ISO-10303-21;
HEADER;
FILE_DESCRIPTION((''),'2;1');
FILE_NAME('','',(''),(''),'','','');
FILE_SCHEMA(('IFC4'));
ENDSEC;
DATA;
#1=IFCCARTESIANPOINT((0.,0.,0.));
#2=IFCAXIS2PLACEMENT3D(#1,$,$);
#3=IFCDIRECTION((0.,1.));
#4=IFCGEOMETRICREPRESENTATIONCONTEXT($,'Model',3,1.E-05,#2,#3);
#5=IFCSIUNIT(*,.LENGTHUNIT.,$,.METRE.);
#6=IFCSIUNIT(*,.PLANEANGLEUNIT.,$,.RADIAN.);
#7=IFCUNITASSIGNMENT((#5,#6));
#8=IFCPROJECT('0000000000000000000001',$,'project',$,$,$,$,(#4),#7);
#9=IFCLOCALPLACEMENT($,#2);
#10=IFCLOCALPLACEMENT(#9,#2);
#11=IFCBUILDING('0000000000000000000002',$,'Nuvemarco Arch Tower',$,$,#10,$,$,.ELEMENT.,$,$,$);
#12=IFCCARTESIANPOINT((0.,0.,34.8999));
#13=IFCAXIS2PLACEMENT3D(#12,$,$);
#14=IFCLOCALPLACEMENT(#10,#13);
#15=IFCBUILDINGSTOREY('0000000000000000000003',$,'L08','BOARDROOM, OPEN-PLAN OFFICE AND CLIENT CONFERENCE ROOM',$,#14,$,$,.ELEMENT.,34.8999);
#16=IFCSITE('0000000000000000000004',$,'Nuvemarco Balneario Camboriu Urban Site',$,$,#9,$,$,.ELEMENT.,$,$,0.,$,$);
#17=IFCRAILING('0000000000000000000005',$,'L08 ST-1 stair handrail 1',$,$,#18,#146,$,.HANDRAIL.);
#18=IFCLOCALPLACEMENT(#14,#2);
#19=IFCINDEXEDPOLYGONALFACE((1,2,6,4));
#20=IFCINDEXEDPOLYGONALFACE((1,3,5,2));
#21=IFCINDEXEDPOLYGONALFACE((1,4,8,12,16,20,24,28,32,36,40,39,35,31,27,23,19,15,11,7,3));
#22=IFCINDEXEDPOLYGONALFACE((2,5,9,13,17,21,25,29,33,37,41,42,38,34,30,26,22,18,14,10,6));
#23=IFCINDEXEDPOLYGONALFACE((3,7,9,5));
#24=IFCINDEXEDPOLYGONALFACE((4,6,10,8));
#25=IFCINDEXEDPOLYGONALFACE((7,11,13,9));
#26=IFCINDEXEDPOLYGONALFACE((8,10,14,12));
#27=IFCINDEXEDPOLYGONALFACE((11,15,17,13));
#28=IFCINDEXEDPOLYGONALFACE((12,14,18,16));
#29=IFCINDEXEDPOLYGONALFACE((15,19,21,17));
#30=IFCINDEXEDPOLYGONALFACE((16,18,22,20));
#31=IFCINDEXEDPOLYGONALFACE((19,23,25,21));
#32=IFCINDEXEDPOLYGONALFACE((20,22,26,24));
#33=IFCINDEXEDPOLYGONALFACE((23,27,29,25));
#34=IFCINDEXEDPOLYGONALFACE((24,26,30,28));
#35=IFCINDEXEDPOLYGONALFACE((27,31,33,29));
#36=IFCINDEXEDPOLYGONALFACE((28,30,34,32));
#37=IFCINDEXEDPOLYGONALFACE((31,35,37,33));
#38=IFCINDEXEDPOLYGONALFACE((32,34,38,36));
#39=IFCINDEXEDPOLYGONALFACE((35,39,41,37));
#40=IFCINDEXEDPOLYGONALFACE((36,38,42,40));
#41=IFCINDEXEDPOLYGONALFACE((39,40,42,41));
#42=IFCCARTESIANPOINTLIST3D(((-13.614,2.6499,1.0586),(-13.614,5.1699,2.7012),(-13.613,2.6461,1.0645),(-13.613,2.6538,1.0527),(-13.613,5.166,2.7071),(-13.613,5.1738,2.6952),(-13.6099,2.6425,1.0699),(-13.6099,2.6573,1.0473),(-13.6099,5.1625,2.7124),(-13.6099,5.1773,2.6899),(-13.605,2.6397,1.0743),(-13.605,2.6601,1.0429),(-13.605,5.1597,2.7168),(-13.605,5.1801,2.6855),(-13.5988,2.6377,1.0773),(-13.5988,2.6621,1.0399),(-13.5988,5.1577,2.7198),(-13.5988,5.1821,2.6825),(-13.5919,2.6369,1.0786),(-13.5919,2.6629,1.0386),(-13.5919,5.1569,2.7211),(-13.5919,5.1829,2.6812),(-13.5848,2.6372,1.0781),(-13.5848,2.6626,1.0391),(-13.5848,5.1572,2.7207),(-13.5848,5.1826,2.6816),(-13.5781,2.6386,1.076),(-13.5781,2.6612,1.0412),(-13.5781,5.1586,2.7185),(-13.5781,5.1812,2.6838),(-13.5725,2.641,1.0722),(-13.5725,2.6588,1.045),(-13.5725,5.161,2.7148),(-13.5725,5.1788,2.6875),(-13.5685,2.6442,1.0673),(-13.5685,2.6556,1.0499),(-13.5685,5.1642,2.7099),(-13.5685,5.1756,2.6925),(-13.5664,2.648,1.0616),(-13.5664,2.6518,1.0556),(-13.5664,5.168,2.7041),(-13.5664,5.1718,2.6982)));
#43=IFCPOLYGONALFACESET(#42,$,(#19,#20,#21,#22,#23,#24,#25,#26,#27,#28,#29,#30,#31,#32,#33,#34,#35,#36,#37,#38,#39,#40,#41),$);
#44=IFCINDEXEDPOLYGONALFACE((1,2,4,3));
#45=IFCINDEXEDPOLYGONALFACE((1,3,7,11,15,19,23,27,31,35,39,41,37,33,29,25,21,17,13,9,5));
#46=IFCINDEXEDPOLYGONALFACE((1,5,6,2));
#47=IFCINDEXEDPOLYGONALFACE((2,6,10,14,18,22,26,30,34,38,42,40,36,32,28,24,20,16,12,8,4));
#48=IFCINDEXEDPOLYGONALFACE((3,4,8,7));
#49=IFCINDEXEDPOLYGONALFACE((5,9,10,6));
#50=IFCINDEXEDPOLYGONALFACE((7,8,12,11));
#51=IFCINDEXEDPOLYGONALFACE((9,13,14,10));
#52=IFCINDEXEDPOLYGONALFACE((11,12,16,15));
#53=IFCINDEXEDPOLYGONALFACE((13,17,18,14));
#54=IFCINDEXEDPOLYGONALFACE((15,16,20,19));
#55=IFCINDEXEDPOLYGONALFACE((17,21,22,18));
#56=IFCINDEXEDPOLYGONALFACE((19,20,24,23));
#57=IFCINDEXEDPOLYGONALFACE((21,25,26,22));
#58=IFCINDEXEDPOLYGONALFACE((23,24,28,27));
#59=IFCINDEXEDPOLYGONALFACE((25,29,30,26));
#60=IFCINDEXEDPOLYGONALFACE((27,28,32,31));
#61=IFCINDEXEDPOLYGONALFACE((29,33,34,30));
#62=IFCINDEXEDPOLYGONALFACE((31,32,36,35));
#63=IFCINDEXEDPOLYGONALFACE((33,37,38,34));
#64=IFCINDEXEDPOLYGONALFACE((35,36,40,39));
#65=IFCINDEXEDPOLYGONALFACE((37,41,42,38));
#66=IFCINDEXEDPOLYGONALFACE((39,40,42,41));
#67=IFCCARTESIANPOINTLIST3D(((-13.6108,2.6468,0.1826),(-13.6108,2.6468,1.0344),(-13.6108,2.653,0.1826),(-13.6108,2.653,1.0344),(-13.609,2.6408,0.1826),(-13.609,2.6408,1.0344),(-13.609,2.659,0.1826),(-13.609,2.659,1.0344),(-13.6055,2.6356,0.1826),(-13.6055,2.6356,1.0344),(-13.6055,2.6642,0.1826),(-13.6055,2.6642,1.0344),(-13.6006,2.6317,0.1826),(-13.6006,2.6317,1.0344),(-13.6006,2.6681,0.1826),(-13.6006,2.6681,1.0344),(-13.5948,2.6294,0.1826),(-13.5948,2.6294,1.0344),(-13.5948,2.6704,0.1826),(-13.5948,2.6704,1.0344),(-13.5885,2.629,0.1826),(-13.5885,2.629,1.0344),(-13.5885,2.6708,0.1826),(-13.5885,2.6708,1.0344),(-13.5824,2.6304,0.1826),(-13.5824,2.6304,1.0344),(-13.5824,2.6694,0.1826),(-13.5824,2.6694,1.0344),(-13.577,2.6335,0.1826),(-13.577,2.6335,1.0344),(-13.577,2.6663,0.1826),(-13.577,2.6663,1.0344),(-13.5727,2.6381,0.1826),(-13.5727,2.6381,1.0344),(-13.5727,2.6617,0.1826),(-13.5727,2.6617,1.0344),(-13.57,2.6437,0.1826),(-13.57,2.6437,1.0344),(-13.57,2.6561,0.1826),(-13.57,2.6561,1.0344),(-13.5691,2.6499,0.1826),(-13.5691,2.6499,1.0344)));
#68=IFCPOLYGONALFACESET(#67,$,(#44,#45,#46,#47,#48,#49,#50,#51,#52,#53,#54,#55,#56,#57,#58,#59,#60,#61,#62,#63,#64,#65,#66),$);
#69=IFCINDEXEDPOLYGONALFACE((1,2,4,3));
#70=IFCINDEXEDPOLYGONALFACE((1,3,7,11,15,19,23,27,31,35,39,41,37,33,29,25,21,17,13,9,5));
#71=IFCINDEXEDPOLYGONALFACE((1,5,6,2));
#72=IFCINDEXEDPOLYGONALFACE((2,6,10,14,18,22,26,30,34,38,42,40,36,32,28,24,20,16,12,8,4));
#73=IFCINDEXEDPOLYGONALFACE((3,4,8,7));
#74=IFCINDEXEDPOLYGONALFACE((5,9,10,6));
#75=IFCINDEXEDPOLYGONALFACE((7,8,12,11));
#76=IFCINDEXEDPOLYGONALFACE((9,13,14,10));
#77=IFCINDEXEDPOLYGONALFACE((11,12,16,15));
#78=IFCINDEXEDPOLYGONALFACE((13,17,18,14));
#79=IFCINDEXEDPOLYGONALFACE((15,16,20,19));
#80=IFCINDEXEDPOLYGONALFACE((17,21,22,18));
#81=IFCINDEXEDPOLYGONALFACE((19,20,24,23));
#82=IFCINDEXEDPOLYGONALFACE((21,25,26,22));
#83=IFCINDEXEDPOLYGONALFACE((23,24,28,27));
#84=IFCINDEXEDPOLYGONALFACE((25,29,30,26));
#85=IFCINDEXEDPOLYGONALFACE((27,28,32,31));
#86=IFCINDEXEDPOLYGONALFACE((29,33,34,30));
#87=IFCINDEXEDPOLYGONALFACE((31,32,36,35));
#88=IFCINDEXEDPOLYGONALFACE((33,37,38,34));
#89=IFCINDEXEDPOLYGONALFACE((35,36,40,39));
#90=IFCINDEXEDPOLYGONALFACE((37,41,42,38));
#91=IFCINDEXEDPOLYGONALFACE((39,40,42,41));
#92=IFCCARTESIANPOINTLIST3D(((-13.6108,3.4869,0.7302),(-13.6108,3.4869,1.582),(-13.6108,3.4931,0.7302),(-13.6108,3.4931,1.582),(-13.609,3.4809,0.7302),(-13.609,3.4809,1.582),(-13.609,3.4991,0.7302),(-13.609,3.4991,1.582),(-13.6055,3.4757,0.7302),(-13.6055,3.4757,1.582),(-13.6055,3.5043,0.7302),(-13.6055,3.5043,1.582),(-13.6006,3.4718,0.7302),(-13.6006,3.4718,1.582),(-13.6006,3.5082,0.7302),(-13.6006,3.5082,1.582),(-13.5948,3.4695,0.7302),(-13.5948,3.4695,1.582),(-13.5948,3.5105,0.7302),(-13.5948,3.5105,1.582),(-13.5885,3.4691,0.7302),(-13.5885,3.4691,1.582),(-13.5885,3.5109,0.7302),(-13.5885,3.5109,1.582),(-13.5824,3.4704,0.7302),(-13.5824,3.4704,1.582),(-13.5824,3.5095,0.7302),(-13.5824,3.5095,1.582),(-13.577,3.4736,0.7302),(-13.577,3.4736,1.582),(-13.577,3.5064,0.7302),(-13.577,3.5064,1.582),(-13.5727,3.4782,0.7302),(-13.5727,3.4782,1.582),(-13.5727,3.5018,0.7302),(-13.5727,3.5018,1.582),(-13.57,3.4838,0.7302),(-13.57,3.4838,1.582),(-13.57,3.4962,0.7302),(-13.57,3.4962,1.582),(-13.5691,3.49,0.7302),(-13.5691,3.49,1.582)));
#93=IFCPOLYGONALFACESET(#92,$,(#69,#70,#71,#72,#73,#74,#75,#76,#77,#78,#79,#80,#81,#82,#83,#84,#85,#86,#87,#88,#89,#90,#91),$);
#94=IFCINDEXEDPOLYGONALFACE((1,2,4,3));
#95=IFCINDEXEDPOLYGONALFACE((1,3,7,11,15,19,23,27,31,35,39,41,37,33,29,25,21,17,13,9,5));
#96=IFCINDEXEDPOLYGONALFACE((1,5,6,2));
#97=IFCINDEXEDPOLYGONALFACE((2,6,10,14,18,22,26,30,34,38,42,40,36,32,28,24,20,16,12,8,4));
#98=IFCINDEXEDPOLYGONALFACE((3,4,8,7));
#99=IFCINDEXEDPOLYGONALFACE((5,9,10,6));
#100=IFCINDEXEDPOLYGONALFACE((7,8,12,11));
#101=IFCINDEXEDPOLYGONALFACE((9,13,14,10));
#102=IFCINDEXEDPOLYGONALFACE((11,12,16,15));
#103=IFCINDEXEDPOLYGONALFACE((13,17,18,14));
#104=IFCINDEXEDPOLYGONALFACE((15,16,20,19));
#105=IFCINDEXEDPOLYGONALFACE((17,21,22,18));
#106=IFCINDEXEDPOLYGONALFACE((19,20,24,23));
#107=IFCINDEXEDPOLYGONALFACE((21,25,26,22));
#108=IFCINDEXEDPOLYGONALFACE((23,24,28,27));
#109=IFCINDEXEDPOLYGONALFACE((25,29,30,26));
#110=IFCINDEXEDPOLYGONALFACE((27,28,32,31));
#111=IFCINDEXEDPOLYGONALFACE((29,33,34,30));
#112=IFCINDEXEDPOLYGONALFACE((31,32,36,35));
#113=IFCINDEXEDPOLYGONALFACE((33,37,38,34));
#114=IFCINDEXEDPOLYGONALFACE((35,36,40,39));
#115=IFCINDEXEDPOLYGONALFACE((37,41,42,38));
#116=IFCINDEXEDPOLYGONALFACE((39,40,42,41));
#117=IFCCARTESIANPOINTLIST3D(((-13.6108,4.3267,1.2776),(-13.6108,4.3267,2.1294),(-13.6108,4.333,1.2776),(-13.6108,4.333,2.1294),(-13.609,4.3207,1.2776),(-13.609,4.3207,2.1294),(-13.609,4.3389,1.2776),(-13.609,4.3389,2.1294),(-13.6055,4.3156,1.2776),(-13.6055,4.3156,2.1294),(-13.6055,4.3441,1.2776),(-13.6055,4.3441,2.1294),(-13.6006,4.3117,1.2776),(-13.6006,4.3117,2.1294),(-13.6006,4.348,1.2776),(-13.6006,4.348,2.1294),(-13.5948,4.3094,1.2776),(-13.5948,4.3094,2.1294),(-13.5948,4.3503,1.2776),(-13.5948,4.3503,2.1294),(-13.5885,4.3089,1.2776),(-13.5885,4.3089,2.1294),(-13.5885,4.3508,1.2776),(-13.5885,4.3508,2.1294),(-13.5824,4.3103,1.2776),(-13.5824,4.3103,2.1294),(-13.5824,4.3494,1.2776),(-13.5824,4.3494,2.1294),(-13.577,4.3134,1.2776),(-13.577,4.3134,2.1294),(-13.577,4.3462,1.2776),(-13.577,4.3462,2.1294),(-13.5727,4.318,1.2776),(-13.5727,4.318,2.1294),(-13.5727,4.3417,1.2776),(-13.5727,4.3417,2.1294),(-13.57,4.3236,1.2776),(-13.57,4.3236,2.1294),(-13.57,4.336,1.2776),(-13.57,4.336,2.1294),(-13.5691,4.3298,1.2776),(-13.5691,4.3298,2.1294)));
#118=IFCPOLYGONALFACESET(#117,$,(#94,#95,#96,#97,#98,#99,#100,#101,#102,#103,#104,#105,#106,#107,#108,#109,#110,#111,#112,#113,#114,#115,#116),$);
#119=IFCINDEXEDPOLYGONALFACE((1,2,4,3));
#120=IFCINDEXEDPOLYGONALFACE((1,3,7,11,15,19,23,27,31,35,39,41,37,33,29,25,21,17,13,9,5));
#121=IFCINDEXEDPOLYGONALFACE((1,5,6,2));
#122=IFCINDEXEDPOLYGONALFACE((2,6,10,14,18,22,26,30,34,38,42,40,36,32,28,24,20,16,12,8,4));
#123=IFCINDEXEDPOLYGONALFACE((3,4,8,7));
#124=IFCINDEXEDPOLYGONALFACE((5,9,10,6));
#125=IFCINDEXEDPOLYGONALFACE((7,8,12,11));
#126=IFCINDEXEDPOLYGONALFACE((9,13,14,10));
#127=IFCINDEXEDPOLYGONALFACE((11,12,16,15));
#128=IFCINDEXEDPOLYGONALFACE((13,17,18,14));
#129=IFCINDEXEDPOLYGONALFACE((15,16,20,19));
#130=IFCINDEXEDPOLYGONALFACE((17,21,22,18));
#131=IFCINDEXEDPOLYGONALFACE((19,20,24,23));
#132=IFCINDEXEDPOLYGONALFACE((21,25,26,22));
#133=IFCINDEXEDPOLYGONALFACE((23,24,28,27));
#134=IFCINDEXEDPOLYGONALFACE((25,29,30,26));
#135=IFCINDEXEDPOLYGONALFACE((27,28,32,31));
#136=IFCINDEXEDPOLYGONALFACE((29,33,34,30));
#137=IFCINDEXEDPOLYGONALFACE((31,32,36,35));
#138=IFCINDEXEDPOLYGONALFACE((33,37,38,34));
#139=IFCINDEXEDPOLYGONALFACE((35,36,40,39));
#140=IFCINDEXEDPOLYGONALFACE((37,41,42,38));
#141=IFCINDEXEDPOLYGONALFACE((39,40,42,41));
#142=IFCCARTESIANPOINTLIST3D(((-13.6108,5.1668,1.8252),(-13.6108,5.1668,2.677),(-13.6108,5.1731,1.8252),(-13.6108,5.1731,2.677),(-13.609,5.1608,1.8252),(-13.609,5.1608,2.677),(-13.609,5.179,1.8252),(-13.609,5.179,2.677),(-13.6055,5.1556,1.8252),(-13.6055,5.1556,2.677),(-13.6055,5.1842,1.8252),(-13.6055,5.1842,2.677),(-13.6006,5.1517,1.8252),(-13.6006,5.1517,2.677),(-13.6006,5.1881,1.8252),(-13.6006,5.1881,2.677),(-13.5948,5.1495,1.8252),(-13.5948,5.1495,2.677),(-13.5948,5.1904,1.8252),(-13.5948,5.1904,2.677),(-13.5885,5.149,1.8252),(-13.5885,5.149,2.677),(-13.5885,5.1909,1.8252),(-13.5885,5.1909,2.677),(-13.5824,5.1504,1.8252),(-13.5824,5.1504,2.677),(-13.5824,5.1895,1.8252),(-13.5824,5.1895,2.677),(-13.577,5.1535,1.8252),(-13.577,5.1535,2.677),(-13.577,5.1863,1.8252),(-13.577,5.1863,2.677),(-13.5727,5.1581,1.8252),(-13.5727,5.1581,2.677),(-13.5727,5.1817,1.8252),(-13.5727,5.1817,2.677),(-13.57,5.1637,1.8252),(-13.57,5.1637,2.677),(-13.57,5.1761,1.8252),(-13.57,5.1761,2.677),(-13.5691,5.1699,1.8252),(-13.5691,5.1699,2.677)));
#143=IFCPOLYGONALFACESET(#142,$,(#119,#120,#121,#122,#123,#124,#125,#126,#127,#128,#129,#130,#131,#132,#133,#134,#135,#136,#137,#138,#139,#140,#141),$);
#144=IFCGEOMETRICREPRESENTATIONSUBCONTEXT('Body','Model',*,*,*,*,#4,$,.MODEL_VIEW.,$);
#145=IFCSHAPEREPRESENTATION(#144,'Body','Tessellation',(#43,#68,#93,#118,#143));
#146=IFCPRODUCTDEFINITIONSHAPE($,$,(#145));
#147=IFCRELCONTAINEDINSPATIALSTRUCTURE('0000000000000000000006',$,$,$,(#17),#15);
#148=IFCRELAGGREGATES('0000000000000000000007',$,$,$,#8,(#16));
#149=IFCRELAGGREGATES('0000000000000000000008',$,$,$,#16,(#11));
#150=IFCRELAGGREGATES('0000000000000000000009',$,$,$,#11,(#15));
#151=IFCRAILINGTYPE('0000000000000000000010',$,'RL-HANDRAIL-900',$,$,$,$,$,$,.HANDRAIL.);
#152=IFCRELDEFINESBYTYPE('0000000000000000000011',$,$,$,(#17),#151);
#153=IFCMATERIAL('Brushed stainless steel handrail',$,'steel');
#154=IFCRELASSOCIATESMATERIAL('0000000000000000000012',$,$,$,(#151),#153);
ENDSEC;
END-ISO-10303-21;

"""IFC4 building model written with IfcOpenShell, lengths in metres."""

from ifc_helpers import new_model, si_unit, direction, frame, origin, origin_2d, place, context, subcontext, project, spatial, circle, extrude, material, type_object, element, save


model = new_model("IFC4")

# Units and contexts
model_context = context("Model", 3, precision=1e-05, world=origin(), true_north=direction((0.0, 1.0)))
body_context = subcontext(model_context, "Body", "Model", "MODEL_VIEW")
ifc_project = project(units=[si_unit("LENGTHUNIT", "METRE"), si_unit("PLANEANGLEUNIT", "RADIAN")], contexts=[model_context])

# Site, building, storey
site_placement = place(None, origin())
site = spatial("IfcSite", under=ifc_project, at=site_placement, Name="Nuvemarco Balneario Camboriu Urban Site", CompositionType="ELEMENT", RefElevation=0.0)
building_placement = place(site_placement, origin())
building = spatial("IfcBuilding", under=site, at=building_placement, Name="Nuvemarco Arch Tower", CompositionType="ELEMENT")
storey_placement = place(building_placement, frame((0.0, 0.0, 34.8999)))
storey = spatial("IfcBuildingStorey", under=building, at=storey_placement, Name="L08", Description="BOARDROOM, OPEN-PLAN OFFICE AND CLIENT CONFERENCE ROOM", CompositionType="ELEMENT", Elevation=34.8999)

# Railing
ifc_material_1 = material(Name="Brushed stainless steel handrail", Category="steel")
railing_type_1 = type_object("IfcRailingType", Name="RL-HANDRAIL-900", PredefinedType="HANDRAIL", material=ifc_material_1)
railing_1_placement = place(storey_placement, frame((-13.5901, 2.6499, 0.1826)))
element("IfcRailing", 1, at=railing_1_placement, inside=storey, type_object=railing_type_1, Name="L08 ST-1 stair handrail 1", PredefinedType="HANDRAIL", context=body_context, shape_type="SweptSolid", body=[
    extrude(circle(Radius=0.0239, at=origin_2d()), frame((0.0, 0.0, 0.876), z_axis=(0.0, 0.837749, 0.546055), x_axis=(-1.0, 0.0, 0.0)), (0.0, 0.0, 1.0), 3.0081),
    extrude(circle(Radius=0.021, at=origin_2d()), origin(), (0.0, 0.0, 1.0), 0.8518),
    extrude(circle(Radius=0.021, at=origin_2d()), frame((0.0, 0.8401, 0.5476)), (0.0, 0.0, 1.0), 0.8518),
    extrude(circle(Radius=0.021, at=origin_2d()), frame((0.0, 1.6799, 1.095)), (0.0, 0.0, 1.0), 0.8518),
    extrude(circle(Radius=0.021, at=origin_2d()), frame((0.0, 2.52, 1.6426)), (0.0, 0.0, 1.0), 0.8518),
])

save(model, "model.ifc")
